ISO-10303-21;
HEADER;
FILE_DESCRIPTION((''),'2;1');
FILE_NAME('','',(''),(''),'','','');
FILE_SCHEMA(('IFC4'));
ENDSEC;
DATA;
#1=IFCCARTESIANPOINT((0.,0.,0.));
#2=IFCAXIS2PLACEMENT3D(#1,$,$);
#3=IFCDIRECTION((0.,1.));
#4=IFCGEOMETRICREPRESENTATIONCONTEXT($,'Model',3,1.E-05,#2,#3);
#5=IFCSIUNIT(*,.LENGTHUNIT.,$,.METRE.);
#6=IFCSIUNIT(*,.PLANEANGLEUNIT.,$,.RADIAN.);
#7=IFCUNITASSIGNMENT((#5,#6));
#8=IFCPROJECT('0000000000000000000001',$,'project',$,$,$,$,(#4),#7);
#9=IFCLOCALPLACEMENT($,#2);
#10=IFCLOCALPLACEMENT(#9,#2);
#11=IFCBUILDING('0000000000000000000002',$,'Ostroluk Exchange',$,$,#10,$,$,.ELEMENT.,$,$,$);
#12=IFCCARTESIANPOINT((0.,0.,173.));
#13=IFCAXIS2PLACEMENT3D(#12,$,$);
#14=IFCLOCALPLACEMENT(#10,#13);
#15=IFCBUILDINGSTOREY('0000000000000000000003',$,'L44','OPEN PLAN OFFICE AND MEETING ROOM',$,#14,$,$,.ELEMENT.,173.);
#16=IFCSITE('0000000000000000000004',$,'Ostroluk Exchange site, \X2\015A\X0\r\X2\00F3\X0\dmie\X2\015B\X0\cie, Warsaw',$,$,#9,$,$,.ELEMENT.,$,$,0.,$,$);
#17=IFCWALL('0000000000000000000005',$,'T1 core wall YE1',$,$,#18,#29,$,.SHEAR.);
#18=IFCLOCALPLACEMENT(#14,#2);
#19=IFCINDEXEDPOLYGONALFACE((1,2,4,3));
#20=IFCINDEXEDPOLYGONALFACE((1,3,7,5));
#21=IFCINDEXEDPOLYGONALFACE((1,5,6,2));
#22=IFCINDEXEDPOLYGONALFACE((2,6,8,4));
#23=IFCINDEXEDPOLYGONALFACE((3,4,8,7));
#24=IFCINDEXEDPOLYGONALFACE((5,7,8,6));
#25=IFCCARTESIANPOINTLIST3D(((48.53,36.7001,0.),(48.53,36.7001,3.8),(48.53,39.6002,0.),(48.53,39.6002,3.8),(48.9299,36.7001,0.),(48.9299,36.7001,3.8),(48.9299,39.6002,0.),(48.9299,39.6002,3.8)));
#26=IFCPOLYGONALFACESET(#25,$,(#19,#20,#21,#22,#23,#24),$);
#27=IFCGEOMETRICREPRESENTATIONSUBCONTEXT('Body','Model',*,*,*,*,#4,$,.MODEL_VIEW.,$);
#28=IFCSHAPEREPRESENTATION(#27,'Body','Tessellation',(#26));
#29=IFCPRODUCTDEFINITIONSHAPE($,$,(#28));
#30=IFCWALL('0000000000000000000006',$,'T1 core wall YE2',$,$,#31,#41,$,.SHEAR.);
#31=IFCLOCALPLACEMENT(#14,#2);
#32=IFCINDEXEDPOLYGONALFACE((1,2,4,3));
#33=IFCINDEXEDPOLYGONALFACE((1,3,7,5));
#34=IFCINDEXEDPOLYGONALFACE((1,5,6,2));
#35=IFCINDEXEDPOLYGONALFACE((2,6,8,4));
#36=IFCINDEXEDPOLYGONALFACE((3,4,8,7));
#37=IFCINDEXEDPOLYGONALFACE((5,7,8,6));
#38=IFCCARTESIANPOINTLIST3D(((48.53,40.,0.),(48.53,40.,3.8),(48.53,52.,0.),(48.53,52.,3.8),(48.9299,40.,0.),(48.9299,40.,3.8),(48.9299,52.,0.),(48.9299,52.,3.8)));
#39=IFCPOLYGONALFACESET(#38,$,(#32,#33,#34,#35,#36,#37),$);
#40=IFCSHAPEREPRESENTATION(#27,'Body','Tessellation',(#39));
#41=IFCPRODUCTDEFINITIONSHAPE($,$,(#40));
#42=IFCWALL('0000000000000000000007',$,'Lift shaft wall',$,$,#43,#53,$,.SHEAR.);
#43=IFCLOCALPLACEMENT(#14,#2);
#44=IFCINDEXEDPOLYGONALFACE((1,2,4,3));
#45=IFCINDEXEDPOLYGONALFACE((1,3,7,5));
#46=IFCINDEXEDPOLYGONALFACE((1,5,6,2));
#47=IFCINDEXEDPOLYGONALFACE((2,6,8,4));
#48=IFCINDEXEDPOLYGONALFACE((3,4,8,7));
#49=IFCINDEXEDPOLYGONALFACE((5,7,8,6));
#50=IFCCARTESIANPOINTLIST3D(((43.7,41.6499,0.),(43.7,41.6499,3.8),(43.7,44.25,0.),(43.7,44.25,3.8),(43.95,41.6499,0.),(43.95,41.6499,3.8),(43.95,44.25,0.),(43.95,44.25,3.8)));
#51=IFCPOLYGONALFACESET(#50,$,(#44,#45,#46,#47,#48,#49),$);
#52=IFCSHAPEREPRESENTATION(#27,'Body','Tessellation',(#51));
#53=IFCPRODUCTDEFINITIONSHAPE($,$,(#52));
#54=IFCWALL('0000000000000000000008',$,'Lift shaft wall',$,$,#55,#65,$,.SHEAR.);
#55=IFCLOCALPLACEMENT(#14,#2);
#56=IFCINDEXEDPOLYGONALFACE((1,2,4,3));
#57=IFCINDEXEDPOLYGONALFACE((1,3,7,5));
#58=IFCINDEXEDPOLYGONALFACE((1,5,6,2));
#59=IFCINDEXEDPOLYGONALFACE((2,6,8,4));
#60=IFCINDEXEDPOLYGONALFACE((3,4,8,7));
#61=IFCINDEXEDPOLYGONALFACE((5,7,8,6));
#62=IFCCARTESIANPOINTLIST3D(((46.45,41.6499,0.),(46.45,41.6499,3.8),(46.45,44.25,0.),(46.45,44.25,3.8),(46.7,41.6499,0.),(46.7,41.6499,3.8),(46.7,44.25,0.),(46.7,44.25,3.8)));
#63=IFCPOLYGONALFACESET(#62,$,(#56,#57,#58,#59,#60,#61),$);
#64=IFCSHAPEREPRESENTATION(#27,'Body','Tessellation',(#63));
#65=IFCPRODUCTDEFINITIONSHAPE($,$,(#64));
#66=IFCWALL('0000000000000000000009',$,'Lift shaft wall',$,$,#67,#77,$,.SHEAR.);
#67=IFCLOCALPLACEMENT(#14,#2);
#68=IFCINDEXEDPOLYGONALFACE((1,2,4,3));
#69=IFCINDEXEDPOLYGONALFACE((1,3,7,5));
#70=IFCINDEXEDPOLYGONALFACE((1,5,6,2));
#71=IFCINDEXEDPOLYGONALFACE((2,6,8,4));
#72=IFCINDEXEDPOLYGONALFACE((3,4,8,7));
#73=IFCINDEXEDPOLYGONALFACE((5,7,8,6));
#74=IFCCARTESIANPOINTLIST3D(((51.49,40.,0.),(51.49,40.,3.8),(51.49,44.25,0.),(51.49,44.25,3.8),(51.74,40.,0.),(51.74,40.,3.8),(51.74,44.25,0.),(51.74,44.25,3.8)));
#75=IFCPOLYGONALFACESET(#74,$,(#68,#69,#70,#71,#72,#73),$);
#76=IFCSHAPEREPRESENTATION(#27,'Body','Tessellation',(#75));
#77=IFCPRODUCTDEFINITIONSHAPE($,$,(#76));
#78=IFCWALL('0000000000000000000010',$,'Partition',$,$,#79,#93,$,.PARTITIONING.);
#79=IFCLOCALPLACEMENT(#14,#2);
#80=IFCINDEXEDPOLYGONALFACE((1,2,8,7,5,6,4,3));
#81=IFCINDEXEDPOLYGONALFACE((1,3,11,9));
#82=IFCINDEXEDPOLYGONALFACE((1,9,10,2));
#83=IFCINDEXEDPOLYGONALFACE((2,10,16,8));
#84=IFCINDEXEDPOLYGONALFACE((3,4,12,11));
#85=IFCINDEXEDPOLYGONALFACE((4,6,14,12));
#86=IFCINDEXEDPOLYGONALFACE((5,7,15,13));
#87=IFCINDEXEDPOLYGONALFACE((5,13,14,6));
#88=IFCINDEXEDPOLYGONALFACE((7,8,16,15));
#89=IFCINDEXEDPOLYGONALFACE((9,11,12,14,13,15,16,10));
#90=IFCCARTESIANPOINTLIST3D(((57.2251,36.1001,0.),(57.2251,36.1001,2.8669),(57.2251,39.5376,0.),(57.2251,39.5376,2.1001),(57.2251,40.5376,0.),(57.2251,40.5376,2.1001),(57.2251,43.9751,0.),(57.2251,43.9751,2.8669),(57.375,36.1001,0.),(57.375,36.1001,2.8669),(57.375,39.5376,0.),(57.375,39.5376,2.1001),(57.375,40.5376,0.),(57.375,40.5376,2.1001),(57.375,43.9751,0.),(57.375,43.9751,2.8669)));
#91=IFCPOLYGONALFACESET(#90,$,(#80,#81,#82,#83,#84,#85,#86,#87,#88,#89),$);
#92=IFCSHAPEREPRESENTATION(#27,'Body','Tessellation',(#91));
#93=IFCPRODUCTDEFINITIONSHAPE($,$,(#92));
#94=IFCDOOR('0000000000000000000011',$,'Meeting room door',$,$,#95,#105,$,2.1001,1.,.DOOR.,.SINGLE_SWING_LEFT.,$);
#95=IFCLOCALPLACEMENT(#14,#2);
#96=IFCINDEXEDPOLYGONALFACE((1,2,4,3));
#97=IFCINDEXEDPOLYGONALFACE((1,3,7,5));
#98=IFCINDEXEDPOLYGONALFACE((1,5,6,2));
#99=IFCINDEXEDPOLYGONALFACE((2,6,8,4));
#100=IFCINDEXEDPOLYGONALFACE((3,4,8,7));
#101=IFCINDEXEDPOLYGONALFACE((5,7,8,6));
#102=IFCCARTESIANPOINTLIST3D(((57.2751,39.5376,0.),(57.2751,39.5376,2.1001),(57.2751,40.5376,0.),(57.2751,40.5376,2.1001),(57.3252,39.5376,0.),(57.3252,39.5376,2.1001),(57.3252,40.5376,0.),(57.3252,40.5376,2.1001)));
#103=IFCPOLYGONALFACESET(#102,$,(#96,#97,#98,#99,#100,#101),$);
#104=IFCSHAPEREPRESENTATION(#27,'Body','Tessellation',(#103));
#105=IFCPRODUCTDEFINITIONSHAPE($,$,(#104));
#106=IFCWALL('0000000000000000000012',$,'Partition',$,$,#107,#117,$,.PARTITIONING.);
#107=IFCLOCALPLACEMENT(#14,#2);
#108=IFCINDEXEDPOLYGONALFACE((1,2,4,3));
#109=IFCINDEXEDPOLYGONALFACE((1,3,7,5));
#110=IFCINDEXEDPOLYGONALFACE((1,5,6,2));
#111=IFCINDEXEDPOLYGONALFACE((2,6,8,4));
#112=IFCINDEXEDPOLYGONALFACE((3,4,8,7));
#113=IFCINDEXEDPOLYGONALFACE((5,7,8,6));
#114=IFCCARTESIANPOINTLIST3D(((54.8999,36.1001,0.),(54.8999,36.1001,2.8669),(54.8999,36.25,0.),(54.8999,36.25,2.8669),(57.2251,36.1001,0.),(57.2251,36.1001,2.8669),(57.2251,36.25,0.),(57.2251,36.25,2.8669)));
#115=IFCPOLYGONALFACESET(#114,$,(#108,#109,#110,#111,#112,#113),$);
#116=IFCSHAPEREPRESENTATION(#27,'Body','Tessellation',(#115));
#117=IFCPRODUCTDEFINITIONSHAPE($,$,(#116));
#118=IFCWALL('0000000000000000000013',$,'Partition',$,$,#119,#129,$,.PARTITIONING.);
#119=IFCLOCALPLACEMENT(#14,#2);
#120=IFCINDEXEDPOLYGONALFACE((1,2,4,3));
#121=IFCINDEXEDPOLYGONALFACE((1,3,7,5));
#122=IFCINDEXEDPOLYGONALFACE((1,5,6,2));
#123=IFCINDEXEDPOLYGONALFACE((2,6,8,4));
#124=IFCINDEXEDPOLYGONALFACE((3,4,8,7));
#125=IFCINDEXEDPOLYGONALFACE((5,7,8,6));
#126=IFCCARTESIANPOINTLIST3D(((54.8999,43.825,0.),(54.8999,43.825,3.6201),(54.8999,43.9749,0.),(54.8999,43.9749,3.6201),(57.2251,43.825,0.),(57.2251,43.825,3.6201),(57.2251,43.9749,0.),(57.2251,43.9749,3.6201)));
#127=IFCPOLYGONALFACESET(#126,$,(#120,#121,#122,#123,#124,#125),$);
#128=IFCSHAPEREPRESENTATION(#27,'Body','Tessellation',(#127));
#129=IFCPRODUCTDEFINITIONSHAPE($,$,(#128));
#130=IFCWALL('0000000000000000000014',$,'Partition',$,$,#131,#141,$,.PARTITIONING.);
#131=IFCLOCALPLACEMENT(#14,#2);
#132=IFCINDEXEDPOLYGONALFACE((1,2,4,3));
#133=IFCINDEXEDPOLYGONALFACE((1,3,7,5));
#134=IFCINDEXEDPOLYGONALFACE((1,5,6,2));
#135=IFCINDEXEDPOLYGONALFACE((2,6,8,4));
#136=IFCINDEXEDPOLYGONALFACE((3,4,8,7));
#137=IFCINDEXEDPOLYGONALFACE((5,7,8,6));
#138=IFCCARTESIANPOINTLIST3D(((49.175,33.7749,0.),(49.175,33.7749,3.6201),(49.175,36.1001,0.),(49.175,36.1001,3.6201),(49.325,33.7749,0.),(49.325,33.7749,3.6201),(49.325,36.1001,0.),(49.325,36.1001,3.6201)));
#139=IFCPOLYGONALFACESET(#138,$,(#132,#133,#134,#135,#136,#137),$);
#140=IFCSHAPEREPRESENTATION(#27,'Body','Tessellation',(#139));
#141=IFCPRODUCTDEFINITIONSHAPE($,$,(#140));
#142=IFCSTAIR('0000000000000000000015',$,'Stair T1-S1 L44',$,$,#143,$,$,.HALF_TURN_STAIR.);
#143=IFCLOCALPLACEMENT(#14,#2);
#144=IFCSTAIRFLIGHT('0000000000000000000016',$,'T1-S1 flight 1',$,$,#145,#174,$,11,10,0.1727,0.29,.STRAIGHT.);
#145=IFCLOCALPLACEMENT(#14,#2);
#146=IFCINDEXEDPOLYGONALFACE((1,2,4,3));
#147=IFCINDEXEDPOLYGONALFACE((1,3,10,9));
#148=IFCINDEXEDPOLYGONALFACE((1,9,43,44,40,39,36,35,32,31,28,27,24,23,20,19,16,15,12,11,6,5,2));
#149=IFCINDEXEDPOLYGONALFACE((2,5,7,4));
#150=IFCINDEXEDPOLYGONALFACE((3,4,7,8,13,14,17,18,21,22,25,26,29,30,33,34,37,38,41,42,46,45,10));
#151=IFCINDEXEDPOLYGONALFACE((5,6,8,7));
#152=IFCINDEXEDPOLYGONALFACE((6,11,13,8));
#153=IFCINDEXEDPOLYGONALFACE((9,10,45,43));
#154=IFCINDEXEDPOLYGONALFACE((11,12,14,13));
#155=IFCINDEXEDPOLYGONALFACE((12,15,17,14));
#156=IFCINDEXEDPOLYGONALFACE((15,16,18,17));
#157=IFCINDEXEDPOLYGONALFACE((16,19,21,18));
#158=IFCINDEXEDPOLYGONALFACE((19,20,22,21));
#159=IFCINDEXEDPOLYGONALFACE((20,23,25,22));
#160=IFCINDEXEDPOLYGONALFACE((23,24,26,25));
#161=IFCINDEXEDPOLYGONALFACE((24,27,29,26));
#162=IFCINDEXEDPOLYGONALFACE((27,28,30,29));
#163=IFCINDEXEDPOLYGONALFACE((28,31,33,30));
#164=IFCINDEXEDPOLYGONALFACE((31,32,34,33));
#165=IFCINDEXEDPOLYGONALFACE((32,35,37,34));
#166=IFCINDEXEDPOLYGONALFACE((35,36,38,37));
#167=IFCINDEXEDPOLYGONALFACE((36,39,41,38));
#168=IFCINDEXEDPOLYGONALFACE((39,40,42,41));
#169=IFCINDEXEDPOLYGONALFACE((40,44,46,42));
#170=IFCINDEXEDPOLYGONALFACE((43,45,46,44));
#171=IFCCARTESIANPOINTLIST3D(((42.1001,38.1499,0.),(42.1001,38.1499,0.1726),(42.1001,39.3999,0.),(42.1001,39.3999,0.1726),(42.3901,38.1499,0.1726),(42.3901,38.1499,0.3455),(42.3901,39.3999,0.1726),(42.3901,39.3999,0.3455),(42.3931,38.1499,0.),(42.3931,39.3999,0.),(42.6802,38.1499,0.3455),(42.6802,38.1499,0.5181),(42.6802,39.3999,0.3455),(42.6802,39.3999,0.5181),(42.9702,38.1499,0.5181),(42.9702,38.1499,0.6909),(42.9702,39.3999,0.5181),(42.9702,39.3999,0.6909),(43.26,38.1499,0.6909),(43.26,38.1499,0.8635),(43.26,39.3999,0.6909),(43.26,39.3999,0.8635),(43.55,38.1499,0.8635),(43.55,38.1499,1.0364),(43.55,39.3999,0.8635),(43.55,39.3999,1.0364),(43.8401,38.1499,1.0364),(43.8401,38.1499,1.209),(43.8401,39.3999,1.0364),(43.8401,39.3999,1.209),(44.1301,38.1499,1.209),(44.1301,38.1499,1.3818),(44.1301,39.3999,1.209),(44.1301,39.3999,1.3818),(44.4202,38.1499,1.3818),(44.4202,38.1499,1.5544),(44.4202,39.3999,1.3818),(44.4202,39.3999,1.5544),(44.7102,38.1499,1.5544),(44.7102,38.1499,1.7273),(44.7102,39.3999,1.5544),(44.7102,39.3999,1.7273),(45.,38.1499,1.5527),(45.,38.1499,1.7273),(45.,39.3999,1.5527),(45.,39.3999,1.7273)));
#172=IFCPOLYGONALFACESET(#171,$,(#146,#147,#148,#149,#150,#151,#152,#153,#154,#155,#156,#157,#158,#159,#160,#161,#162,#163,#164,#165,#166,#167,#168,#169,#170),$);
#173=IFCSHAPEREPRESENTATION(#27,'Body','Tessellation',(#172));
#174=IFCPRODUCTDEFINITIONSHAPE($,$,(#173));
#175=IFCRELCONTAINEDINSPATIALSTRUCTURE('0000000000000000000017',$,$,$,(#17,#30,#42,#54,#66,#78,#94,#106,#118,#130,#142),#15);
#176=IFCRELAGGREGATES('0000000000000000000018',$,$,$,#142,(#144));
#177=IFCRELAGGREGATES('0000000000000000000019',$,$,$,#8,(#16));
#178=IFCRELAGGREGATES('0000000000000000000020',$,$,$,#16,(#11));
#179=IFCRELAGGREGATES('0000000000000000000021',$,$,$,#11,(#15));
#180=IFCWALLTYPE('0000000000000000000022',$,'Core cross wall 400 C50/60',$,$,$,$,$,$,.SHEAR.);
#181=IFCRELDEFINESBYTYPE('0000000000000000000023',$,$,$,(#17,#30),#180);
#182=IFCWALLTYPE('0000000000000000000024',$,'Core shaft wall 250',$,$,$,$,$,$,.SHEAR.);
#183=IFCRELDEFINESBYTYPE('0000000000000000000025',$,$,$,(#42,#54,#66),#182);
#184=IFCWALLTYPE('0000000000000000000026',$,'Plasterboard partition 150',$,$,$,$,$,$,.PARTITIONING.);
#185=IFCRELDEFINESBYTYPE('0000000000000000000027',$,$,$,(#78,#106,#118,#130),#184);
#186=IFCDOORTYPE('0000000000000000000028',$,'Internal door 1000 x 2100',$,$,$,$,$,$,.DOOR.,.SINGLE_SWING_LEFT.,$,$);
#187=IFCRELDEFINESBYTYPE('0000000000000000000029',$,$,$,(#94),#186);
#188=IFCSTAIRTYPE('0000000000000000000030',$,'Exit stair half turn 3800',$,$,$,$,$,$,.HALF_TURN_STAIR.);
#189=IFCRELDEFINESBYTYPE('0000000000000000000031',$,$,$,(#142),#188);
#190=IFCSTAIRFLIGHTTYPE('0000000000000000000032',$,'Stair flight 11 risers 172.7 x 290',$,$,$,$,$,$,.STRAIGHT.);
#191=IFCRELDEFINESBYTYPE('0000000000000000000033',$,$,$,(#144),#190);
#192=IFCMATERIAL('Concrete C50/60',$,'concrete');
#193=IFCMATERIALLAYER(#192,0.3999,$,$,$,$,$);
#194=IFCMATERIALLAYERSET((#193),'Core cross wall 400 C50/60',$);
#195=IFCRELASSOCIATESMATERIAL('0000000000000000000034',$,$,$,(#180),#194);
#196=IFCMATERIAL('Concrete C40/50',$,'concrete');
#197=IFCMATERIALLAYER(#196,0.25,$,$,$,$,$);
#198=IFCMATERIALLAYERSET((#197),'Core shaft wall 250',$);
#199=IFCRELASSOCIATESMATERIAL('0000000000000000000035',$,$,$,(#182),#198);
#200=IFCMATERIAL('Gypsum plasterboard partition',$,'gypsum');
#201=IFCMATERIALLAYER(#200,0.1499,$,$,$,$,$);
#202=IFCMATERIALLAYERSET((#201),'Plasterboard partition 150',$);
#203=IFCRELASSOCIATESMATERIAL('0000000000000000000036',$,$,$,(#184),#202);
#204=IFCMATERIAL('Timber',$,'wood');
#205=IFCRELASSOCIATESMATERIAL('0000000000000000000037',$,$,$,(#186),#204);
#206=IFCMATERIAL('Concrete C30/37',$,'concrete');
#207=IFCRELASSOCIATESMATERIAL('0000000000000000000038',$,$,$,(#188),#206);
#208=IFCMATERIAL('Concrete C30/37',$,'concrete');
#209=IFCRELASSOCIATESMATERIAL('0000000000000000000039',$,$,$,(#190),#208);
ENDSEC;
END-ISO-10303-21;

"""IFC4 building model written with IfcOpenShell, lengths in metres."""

from ifc_helpers import new_model, si_unit, direction, frame, frame_2d, origin, place, context, subcontext, project, spatial, polyline, rectangle, outline, extrude, material, layer, layer_set, type_object, element, fill, aggregate, save


model = new_model("IFC4")

# Units and contexts
model_context = context("Model", 3, precision=1e-05, world=origin(), true_north=direction((0.0, 1.0)))
body_context = subcontext(model_context, "Body", "Model", "MODEL_VIEW")
ifc_project = project(units=[si_unit("LENGTHUNIT", "METRE"), si_unit("PLANEANGLEUNIT", "RADIAN")], contexts=[model_context])

# Site, building, storey
site_placement = place(None, origin())
site = spatial("IfcSite", under=ifc_project, at=site_placement, Name="Ostroluk Exchange site, Śródmieście, Warsaw", CompositionType="ELEMENT", RefElevation=0.0)
building_placement = place(site_placement, origin())
building = spatial("IfcBuilding", under=site, at=building_placement, Name="Ostroluk Exchange", CompositionType="ELEMENT")
storey_placement = place(building_placement, frame((0.0, 0.0, 173.0)))
storey = spatial("IfcBuildingStorey", under=building, at=storey_placement, Name="L44", Description="OPEN PLAN OFFICE AND MEETING ROOM", CompositionType="ELEMENT", Elevation=173.0)

# Walls
ifc_material_1 = material(Name="Concrete C50/60", Category="concrete")
ifc_layer_1 = layer(ifc_material_1, 0.3999)
ifc_layer_set_1 = layer_set([ifc_layer_1], Name="Core cross wall 400 C50/60")
wall_type_1 = type_object("IfcWallType", Name="Core cross wall 400 C50/60", PredefinedType="SHEAR", material=ifc_layer_set_1)
wall_1_placement = place(storey_placement, frame((48.73, 36.7, 0.0), z_axis=(0.0, 0.0, 1.0), x_axis=(0.0, 1.0, 0.0)))
element("IfcWall", 1, at=wall_1_placement, inside=storey, type_object=wall_type_1, Name="T1 core wall YE1", PredefinedType="SHEAR", context=body_context, shape_type="SweptSolid", body=[
    extrude(rectangle(XDim=2.9001, YDim=0.3999, at=frame_2d((1.4502, 0.0))), origin(), (0.0, 0.0, 1.0), 3.8),
])
wall_2_placement = place(storey_placement, frame((48.73, 40.0, 0.0), z_axis=(0.0, 0.0, 1.0), x_axis=(0.0, 1.0, 0.0)))
element("IfcWall", 2, at=wall_2_placement, inside=storey, type_object=wall_type_1, Name="T1 core wall YE2", PredefinedType="SHEAR", context=body_context, shape_type="SweptSolid", body=[
    extrude(rectangle(XDim=12.0, YDim=0.3999, at=frame_2d((6.0, 0.0))), origin(), (0.0, 0.0, 1.0), 3.8),
])

# Shared definitions
ifc_material_2 = material(Name="Concrete C40/50", Category="concrete")
ifc_layer_2 = layer(ifc_material_2, 0.25)
ifc_layer_set_2 = layer_set([ifc_layer_2], Name="Core shaft wall 250")
wall_type_2 = type_object("IfcWallType", Name="Core shaft wall 250", PredefinedType="SHEAR", material=ifc_layer_set_2)

# Walls
for number, where, z_axis, x_axis, name in (
    (3, (43.825, 44.25, 0.0), (0.0, 0.0, 1.0), (0.0, -1.0, 0.0), "Lift shaft wall"),
    (4, (46.575, 44.25, 0.0), (0.0, 0.0, 1.0), (0.0, -1.0, 0.0), "Lift shaft wall"),
):
    element("IfcWall", number, at=place(storey_placement, frame(where, z_axis=z_axis, x_axis=x_axis)), inside=storey, type_object=wall_type_2, Name=name, PredefinedType="SHEAR", context=body_context, shape_type="SweptSolid", body=[
        extrude(rectangle(XDim=2.6001, YDim=0.25, at=frame_2d((1.3, 0.0))), origin(), (0.0, 0.0, 1.0), 3.8),
    ])
wall_3_placement = place(storey_placement, frame((51.615, 44.25, 0.0), z_axis=(0.0, 0.0, 1.0), x_axis=(0.0, -1.0, 0.0)))
element("IfcWall", 5, at=wall_3_placement, inside=storey, type_object=wall_type_2, Name="Lift shaft wall", PredefinedType="SHEAR", context=body_context, shape_type="SweptSolid", body=[
    extrude(rectangle(XDim=4.25, YDim=0.25, at=frame_2d((2.125, 0.0))), origin(), (0.0, 0.0, 1.0), 3.8),
])

# Wall, opening, door
ifc_material_3 = material(Name="Gypsum plasterboard partition", Category="gypsum")
ifc_layer_3 = layer(ifc_material_3, 0.1499)
ifc_layer_set_3 = layer_set([ifc_layer_3], Name="Plasterboard partition 150")
wall_type_3 = type_object("IfcWallType", Name="Plasterboard partition 150", PredefinedType="PARTITIONING", material=ifc_layer_set_3)
wall_4_placement = place(storey_placement, frame((57.3, 36.1001, 0.0), z_axis=(0.0, 0.0, 1.0), x_axis=(0.0, 1.0, 0.0)))
wall_4 = element("IfcWall", 6, at=wall_4_placement, inside=storey, type_object=wall_type_3, Name="Partition", PredefinedType="PARTITIONING", context=body_context, shape_type="SweptSolid", body=[
    extrude(rectangle(XDim=7.875, YDim=0.1499, at=frame_2d((3.9375, 0.0))), origin(), (0.0, 0.0, 1.0), 2.8669),
])
opening_1_placement = place(wall_4_placement, frame((3.4375, 0.0, 0.0)))
opening_1 = element("IfcOpeningElement", 7, at=opening_1_placement, cuts=wall_4, PredefinedType="OPENING", context=body_context, shape_type="SweptSolid", body=[
    extrude(rectangle(XDim=1.0, YDim=2.1001, at=frame_2d((0.5, 1.05))), frame((0.0, 0.085, 0.0), z_axis=(0.0, -1.0, 0.0), x_axis=(1.0, 0.0, 0.0)), (0.0, 0.0, 1.0), 0.1699),
])
ifc_material_4 = material(Name="Timber", Category="wood")
door_type_1 = type_object("IfcDoorType", Name="Internal door 1000 x 2100", OperationType="SINGLE_SWING_LEFT", PredefinedType="DOOR", material=ifc_material_4)
door_1_placement = place(opening_1_placement, origin())
door_1 = element("IfcDoor", 8, at=door_1_placement, inside=storey, type_object=door_type_1, Name="Meeting room door", OperationType="SINGLE_SWING_LEFT", OverallHeight=2.1001, OverallWidth=1.0, PredefinedType="DOOR", context=body_context, shape_type="SweptSolid", body=[
    extrude(rectangle(XDim=1.0, YDim=2.1001, at=frame_2d((0.5, 1.05))), frame((0.0, 0.0249, 0.0), z_axis=(0.0, -1.0, 0.0), x_axis=(1.0, 0.0, 0.0)), (0.0, 0.0, 1.0), 0.05),
])
fill(opening_1, door_1)

# Walls
wall_5_placement = place(storey_placement, frame((54.8999, 36.175, 0.0), z_axis=(0.0, 0.0, 1.0), x_axis=(1.0, 0.0, 0.0)))
element("IfcWall", 9, at=wall_5_placement, inside=storey, type_object=wall_type_3, Name="Partition", PredefinedType="PARTITIONING", context=body_context, shape_type="SweptSolid", body=[
    extrude(rectangle(XDim=2.3252, YDim=0.1499, at=frame_2d((1.1626, 0.0))), origin(), (0.0, 0.0, 1.0), 2.8669),
])
for number, where, z_axis, x_axis, name in (
    (10, (54.8999, 43.8999, 0.0), (0.0, 0.0, 1.0), (1.0, 0.0, 0.0), "Partition"),
    (11, (49.25, 36.1001, 0.0), (0.0, 0.0, 1.0), (0.0, -1.0, 0.0), "Partition"),
):
    element("IfcWall", number, at=place(storey_placement, frame(where, z_axis=z_axis, x_axis=x_axis)), inside=storey, type_object=wall_type_3, Name=name, PredefinedType="PARTITIONING", context=body_context, shape_type="SweptSolid", body=[
        extrude(rectangle(XDim=2.3252, YDim=0.1499, at=frame_2d((1.1626, 0.0))), origin(), (0.0, 0.0, 1.0), 3.6201),
    ])

# Stair, stair flight
ifc_material_5 = material(Name="Concrete C30/37", Category="concrete")
stair_type = type_object("IfcStairType", Name="Exit stair half turn 3800", PredefinedType="HALF_TURN_STAIR", material=ifc_material_5)
stair_placement = place(storey_placement, origin())
stair = element("IfcStair", 12, at=stair_placement, inside=storey, type_object=stair_type, Name="Stair T1-S1 L44", PredefinedType="HALF_TURN_STAIR")
ifc_material_6 = material(Name="Concrete C30/37", Category="concrete")
stair_flight_type = type_object("IfcStairFlightType", Name="Stair flight 11 risers 172.7 x 290", PredefinedType="STRAIGHT", material=ifc_material_6)
stair_flight_1_placement = place(storey_placement, frame((42.1001, 38.7749, 0.0), z_axis=(0.0, 0.0, 1.0), x_axis=(1.0, 0.0, 0.0)))
stair_flight_1 = element("IfcStairFlight", 13, at=stair_flight_1_placement, type_object=stair_flight_type, Name="T1-S1 flight 1", NumberOfRisers=11, NumberOfTreads=10, PredefinedType="STRAIGHT", RiserHeight=0.1727, TreadLength=0.29, context=body_context, shape_type="SweptSolid", body=[
    extrude(outline(polyline([(0.0, 0.0), (0.0, 0.1726), (0.29, 0.1726), (0.29, 0.3455), (0.5801, 0.3455), (0.5801, 0.5181), (0.8701, 0.5181), (0.8701, 0.6909), (1.1599, 0.6909), (1.1599, 0.8635), (1.45, 0.8635), (1.45, 1.0364), (1.74, 1.0364), (1.74, 1.209), (2.03, 1.209), (2.03, 1.3818), (2.3201, 1.3818), (2.3201, 1.5544), (2.6101, 1.5544), (2.6101, 1.7273), (2.8999, 1.7273), (2.8999, 1.8999), (2.8999, 1.5527), (0.293, 0.0), (0.0, 0.0)])), frame((0.0, 0.625, 0.0), z_axis=(0.0, -1.0, 0.0), x_axis=(1.0, 0.0, 0.0)), (0.0, 0.0, 1.0), 1.25),
])
aggregate(stair, [stair_flight_1])

save(model, "model.ifc")
